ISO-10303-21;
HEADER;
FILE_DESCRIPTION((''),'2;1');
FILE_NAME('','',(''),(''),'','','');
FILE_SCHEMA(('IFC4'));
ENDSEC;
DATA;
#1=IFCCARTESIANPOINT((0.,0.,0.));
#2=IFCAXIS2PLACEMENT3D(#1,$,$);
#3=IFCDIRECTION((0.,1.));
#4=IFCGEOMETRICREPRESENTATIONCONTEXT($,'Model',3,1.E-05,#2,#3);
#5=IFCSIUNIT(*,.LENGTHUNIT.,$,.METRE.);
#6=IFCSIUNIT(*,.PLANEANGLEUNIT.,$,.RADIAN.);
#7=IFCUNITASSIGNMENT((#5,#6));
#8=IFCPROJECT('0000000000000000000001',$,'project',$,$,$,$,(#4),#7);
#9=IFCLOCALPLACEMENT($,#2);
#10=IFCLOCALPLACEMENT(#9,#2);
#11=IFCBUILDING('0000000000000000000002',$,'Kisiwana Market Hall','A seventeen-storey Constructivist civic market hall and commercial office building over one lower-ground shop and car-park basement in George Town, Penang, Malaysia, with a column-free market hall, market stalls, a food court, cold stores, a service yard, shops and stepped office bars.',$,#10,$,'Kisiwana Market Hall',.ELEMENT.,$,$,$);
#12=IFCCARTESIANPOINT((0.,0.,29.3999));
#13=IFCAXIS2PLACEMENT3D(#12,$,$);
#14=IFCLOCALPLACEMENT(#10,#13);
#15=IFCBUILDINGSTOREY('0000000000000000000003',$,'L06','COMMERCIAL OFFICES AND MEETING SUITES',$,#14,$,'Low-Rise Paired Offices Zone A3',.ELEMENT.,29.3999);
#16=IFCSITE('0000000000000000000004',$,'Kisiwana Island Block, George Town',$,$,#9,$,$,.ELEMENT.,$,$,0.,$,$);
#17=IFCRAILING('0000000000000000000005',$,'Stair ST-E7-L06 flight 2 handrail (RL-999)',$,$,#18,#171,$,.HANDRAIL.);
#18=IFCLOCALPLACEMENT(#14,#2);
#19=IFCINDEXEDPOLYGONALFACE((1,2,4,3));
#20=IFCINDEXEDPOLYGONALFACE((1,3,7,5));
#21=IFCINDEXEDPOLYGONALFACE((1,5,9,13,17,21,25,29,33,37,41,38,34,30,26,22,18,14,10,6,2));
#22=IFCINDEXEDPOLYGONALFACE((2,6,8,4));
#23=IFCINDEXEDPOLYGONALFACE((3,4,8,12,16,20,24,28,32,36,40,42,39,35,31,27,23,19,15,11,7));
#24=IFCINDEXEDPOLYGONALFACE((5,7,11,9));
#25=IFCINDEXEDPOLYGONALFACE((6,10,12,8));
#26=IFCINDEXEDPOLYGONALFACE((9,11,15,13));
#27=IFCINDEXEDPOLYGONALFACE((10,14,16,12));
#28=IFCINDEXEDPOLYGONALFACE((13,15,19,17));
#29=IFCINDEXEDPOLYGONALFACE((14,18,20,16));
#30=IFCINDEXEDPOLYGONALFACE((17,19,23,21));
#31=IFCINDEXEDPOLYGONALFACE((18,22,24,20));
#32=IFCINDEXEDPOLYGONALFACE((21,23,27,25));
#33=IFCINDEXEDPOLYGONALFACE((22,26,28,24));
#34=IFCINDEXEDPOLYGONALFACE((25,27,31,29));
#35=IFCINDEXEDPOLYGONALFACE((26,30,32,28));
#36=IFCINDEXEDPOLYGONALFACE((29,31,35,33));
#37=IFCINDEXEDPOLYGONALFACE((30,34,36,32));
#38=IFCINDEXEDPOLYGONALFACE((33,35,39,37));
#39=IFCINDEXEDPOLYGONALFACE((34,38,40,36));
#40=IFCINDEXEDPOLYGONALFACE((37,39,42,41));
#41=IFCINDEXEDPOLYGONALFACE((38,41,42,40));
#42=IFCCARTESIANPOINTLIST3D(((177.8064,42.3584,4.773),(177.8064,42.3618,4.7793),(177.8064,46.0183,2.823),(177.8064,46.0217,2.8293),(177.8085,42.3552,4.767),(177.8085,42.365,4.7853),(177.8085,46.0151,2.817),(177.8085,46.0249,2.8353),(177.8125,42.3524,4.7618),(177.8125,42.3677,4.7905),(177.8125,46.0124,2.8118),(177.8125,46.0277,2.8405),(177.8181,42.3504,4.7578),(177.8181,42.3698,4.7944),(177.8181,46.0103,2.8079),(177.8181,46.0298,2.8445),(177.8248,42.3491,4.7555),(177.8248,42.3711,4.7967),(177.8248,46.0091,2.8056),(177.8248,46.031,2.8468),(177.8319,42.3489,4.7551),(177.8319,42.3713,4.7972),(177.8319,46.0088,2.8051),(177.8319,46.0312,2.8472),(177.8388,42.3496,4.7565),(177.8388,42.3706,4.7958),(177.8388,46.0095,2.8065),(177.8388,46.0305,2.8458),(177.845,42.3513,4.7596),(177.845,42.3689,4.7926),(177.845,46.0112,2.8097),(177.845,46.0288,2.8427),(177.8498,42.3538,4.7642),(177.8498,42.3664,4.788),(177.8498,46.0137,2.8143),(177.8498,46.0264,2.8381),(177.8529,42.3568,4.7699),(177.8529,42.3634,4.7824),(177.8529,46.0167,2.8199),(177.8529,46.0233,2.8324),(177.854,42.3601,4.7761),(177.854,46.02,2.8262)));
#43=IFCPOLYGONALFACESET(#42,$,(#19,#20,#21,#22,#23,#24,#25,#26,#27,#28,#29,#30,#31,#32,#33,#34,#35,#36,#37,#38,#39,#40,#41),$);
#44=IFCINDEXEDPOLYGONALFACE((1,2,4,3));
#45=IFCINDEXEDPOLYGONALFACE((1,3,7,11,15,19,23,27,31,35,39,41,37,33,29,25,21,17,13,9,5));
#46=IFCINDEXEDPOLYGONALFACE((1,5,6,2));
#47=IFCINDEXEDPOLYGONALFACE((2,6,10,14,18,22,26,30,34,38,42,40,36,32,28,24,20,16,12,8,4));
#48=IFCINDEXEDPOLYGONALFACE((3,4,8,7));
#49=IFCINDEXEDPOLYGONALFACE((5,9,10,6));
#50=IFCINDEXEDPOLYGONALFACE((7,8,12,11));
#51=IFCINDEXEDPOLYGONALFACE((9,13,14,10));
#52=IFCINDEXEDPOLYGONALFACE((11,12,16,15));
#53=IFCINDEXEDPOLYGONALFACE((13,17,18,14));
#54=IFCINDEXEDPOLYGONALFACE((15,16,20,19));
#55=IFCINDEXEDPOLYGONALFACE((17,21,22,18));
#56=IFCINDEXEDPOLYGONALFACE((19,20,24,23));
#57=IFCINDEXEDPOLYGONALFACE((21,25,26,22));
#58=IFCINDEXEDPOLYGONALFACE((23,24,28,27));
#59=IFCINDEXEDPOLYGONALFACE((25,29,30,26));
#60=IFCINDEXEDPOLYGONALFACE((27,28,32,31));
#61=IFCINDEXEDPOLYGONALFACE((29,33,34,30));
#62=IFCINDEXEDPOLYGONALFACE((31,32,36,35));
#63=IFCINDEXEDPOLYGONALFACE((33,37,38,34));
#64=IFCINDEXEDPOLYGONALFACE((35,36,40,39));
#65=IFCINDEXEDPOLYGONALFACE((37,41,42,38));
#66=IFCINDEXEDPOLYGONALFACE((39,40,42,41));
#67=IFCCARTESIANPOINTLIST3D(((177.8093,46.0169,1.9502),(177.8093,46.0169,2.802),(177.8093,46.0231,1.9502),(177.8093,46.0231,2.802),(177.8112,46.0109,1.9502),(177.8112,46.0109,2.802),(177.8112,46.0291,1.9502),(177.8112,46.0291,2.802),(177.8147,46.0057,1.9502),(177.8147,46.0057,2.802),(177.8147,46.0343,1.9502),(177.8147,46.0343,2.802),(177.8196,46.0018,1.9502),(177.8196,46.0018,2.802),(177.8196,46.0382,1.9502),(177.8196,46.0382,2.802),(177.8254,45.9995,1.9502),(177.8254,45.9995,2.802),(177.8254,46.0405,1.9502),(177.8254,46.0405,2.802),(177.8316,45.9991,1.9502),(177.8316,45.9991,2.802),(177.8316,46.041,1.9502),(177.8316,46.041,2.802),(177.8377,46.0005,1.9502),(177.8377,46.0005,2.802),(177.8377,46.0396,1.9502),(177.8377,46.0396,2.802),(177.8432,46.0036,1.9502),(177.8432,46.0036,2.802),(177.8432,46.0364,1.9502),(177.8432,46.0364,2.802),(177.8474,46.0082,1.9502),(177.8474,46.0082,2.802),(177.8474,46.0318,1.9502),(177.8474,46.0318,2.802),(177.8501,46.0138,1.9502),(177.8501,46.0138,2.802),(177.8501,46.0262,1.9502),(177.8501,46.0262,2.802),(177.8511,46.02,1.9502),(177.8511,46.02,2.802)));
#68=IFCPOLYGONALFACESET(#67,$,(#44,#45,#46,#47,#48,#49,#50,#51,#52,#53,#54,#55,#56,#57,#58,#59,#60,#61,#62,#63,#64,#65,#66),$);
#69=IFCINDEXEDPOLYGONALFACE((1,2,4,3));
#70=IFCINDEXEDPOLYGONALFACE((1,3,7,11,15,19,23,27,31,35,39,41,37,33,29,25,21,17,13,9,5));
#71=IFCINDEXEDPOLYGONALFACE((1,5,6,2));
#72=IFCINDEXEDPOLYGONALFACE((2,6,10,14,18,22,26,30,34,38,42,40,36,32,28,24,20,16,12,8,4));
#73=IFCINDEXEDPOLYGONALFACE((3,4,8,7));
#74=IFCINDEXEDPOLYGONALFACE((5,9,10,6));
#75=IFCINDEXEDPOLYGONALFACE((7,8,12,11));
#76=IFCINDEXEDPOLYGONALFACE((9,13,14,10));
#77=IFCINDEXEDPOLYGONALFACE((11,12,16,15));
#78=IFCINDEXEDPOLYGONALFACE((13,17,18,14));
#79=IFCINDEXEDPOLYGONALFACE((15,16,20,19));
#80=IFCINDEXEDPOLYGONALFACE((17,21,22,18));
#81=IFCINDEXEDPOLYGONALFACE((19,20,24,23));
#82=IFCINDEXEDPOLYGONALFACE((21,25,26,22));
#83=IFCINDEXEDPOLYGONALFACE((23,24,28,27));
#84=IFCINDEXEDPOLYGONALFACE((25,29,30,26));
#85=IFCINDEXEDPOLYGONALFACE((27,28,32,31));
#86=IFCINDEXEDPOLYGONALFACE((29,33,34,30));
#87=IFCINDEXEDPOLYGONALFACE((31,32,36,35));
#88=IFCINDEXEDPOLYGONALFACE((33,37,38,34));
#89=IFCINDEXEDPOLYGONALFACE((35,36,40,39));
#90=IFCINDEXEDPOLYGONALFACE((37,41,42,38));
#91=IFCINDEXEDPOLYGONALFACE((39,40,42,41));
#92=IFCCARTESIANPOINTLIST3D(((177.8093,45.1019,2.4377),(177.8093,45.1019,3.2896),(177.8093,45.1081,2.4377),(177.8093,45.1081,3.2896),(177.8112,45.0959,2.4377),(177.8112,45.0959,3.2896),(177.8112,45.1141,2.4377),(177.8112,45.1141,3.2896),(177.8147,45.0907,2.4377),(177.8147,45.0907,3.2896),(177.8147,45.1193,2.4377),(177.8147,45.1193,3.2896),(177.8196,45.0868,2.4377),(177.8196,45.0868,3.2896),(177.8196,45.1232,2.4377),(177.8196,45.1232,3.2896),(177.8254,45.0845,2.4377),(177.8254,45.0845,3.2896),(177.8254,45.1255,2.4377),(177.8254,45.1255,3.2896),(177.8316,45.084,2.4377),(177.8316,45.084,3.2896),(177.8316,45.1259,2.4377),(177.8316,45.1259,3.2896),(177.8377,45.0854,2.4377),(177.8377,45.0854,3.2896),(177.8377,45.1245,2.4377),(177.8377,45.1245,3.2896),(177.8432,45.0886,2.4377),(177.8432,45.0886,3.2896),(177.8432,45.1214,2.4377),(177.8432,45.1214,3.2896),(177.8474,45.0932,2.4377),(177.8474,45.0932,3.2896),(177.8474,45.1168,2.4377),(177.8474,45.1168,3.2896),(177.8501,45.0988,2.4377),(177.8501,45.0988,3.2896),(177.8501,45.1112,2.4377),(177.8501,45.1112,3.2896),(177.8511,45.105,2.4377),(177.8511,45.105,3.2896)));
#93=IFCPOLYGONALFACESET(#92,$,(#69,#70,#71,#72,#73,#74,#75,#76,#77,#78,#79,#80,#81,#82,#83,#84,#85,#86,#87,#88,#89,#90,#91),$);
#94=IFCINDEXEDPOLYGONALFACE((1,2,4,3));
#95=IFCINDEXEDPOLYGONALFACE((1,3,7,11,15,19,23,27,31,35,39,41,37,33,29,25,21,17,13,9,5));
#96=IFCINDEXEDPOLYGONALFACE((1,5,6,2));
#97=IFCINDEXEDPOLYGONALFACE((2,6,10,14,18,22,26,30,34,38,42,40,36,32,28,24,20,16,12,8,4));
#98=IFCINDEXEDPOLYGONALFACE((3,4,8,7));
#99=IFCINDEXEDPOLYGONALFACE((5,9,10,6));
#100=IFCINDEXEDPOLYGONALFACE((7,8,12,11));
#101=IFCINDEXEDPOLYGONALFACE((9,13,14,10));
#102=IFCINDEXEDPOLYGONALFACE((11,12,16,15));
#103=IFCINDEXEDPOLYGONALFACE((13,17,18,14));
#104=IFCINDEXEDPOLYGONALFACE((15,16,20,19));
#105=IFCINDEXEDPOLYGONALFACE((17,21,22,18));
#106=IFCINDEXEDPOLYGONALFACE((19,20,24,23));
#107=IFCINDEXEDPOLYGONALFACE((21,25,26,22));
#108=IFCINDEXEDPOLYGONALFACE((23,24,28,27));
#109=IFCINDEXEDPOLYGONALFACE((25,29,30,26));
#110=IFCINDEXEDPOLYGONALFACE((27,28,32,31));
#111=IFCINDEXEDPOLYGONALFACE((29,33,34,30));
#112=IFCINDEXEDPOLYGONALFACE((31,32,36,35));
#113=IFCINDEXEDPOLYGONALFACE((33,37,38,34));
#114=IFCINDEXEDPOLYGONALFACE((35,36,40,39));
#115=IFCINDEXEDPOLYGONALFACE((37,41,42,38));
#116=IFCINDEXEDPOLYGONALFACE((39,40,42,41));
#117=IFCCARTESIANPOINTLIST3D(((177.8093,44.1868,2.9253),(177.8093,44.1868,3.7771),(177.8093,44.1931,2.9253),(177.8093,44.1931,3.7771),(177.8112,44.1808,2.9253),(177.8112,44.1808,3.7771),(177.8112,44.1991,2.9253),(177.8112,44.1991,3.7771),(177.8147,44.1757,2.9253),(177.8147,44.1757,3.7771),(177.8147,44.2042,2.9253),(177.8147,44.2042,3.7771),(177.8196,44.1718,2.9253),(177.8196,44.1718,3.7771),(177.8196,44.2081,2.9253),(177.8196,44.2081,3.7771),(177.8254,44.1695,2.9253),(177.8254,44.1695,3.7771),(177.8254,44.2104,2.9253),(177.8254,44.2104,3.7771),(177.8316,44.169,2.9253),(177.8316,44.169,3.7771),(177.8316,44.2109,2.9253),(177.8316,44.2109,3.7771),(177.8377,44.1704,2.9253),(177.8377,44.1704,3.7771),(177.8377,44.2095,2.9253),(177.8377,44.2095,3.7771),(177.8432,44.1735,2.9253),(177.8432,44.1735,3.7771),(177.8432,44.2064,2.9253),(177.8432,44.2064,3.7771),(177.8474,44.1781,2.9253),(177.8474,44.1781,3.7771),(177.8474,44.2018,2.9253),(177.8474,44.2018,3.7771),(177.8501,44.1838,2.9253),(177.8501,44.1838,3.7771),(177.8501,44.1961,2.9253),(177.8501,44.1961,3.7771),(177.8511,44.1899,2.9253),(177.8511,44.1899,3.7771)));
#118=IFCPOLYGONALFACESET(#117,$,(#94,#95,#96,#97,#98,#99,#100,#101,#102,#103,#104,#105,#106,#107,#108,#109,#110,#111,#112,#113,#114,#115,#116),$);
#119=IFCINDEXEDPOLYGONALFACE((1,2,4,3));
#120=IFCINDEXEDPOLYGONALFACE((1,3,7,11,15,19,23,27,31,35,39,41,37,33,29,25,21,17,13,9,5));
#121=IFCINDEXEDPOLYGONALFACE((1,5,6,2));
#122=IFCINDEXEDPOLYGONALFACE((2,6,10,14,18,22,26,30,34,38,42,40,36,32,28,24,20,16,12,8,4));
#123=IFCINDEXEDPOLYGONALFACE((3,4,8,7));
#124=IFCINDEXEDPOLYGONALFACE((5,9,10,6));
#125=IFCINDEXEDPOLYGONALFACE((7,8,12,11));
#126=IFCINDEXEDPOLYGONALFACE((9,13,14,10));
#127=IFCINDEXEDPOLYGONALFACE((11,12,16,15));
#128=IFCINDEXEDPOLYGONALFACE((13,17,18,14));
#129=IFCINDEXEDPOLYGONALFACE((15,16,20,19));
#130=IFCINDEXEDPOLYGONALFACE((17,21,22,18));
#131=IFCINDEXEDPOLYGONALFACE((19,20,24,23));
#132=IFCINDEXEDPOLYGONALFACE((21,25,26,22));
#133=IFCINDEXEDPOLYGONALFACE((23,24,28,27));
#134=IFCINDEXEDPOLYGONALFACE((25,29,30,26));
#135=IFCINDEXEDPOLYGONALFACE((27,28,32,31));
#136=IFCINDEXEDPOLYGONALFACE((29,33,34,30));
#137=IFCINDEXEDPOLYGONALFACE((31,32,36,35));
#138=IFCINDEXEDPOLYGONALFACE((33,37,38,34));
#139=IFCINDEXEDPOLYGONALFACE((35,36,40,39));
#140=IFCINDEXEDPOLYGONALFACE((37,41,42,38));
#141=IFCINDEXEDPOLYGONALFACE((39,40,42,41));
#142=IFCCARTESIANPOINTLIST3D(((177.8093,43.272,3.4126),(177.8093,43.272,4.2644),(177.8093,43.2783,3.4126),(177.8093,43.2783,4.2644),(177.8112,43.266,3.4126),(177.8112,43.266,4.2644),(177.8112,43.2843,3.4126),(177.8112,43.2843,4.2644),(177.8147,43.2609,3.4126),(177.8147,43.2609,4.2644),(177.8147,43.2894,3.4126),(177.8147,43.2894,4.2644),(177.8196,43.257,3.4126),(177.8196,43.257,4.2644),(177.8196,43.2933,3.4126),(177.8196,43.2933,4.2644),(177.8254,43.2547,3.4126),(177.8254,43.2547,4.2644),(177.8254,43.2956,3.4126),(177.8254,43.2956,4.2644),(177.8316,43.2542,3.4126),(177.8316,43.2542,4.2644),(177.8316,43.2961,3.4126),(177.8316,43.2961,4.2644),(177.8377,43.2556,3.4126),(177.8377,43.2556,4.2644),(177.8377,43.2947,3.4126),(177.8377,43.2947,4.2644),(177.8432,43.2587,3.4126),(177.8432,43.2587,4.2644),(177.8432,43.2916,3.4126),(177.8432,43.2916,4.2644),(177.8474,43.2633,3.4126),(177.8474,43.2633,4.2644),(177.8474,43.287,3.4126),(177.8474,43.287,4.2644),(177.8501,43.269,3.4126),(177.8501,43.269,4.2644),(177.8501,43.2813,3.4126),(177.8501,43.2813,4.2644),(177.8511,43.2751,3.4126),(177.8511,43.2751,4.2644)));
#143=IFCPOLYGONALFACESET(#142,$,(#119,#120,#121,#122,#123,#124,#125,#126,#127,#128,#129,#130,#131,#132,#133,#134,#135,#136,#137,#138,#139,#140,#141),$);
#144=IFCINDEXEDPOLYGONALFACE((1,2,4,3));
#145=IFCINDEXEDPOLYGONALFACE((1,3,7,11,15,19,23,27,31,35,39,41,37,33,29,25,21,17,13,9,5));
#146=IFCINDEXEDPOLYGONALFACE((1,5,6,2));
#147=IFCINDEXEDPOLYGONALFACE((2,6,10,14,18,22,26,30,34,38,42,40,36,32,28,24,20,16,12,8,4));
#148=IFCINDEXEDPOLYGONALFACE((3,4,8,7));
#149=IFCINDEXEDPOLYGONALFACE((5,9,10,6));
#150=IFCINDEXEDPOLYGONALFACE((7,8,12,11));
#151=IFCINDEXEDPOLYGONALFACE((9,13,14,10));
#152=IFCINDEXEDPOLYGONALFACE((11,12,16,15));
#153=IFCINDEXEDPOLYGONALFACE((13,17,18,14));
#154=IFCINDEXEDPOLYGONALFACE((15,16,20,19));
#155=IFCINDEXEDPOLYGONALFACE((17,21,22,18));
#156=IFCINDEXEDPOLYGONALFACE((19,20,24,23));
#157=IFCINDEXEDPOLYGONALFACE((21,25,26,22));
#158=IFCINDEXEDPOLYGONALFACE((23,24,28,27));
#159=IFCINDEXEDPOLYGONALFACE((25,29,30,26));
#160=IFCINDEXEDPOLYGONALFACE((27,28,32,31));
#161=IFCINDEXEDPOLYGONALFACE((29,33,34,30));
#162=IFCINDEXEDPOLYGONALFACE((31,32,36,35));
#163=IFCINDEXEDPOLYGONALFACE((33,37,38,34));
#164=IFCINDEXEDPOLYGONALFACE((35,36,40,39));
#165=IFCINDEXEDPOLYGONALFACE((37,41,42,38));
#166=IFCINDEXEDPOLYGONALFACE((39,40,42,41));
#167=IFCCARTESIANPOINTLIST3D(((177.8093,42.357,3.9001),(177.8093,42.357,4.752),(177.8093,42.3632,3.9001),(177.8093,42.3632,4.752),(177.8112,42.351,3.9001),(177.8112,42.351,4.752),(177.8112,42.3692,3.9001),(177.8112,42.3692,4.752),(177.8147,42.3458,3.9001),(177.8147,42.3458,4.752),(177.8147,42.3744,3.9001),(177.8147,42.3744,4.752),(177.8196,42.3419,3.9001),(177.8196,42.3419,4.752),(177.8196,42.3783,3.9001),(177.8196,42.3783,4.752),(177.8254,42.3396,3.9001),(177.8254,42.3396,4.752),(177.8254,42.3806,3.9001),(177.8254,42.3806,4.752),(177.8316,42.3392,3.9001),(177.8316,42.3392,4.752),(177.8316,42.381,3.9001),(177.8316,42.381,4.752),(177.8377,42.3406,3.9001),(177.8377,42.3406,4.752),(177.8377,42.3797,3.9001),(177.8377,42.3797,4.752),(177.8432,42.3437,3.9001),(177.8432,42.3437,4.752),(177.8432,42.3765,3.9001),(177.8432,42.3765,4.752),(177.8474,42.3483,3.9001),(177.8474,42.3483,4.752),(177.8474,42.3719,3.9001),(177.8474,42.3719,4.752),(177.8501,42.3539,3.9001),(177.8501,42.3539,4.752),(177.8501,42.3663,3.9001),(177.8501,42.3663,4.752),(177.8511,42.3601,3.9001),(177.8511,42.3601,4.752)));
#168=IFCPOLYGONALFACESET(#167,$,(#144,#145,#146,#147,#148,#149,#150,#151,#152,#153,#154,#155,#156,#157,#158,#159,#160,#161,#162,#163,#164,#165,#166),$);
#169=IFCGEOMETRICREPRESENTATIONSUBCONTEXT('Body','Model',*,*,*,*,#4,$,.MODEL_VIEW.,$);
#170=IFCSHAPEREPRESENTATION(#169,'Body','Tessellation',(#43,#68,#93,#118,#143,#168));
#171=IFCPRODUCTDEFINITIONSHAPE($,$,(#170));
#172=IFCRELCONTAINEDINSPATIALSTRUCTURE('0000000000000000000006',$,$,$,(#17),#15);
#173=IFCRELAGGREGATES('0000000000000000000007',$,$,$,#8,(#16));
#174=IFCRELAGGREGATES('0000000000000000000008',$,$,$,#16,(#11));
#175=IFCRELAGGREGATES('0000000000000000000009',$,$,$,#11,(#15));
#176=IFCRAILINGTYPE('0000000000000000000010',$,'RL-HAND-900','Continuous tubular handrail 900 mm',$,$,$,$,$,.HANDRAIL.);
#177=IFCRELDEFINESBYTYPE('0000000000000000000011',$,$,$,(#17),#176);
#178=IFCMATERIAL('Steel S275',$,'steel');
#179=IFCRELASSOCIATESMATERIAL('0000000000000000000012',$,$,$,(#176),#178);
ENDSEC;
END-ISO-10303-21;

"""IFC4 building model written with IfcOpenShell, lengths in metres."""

from ifc_helpers import new_model, si_unit, direction, frame, origin, origin_2d, place, context, subcontext, project, spatial, circle, extrude, material, type_object, element, save


model = new_model("IFC4")

# Units and contexts
model_context = context("Model", 3, precision=1e-05, world=origin(), true_north=direction((0.0, 1.0)))
body_context = subcontext(model_context, "Body", "Model", "MODEL_VIEW")
ifc_project = project(units=[si_unit("LENGTHUNIT", "METRE"), si_unit("PLANEANGLEUNIT", "RADIAN")], contexts=[model_context])

# Site, building, storey
site_placement = place(None, origin())
site = spatial("IfcSite", under=ifc_project, at=site_placement, Name="Kisiwana Island Block, George Town", CompositionType="ELEMENT", RefElevation=0.0)
building_placement = place(site_placement, origin())
building = spatial("IfcBuilding", under=site, at=building_placement, Name="Kisiwana Market Hall", Description="A seventeen-storey Constructivist civic market hall and commercial office building over one lower-ground shop and car-park basement in George Town, Penang, Malaysia, with a column-free market hall, market stalls, a food court, cold stores, a service yard, shops and stepped office bars.", LongName="Kisiwana Market Hall", CompositionType="ELEMENT")
storey_placement = place(building_placement, frame((0.0, 0.0, 29.3999)))
storey = spatial("IfcBuildingStorey", under=building, at=storey_placement, Name="L06", Description="COMMERCIAL OFFICES AND MEETING SUITES", LongName="Low-Rise Paired Offices Zone A3", CompositionType="ELEMENT", Elevation=29.3999)

# Railing
ifc_material_1 = material(Name="Steel S275", Category="steel")
railing_type_1 = type_object("IfcRailingType", Name="RL-HAND-900", Description="Continuous tubular handrail 900 mm", PredefinedType="HANDRAIL", material=ifc_material_1)
railing_1_placement = place(storey_placement, frame((177.8301, 46.02, 1.9502)))
element("IfcRailing", 1, at=railing_1_placement, inside=storey, type_object=railing_type_1, Name="Stair ST-E7-L06 flight 2 handrail (RL-999)", PredefinedType="HANDRAIL", context=body_context, shape_type="SweptSolid", body=[
    extrude(circle(Radius=0.0239, at=origin_2d()), frame((0.0, 0.0, 0.876), z_axis=(0.0, -0.882553, 0.470212), x_axis=(1.0, 0.0, 0.0)), (0.0, 0.0, 1.0), 4.147),
    extrude(circle(Radius=0.021, at=origin_2d()), origin(), (0.0, 0.0, 1.0), 0.8518),
    extrude(circle(Radius=0.021, at=origin_2d()), frame((0.0, -0.915, 0.4875)), (0.0, 0.0, 1.0), 0.8518),
    extrude(circle(Radius=0.021, at=origin_2d()), frame((0.0, -1.8301, 0.9751)), (0.0, 0.0, 1.0), 0.8518),
    extrude(circle(Radius=0.021, at=origin_2d()), frame((0.0, -2.7449, 1.4624)), (0.0, 0.0, 1.0), 0.8518),
    extrude(circle(Radius=0.021, at=origin_2d()), frame((0.0, -3.6599, 1.95)), (0.0, 0.0, 1.0), 0.8518),
])

save(model, "model.ifc")
